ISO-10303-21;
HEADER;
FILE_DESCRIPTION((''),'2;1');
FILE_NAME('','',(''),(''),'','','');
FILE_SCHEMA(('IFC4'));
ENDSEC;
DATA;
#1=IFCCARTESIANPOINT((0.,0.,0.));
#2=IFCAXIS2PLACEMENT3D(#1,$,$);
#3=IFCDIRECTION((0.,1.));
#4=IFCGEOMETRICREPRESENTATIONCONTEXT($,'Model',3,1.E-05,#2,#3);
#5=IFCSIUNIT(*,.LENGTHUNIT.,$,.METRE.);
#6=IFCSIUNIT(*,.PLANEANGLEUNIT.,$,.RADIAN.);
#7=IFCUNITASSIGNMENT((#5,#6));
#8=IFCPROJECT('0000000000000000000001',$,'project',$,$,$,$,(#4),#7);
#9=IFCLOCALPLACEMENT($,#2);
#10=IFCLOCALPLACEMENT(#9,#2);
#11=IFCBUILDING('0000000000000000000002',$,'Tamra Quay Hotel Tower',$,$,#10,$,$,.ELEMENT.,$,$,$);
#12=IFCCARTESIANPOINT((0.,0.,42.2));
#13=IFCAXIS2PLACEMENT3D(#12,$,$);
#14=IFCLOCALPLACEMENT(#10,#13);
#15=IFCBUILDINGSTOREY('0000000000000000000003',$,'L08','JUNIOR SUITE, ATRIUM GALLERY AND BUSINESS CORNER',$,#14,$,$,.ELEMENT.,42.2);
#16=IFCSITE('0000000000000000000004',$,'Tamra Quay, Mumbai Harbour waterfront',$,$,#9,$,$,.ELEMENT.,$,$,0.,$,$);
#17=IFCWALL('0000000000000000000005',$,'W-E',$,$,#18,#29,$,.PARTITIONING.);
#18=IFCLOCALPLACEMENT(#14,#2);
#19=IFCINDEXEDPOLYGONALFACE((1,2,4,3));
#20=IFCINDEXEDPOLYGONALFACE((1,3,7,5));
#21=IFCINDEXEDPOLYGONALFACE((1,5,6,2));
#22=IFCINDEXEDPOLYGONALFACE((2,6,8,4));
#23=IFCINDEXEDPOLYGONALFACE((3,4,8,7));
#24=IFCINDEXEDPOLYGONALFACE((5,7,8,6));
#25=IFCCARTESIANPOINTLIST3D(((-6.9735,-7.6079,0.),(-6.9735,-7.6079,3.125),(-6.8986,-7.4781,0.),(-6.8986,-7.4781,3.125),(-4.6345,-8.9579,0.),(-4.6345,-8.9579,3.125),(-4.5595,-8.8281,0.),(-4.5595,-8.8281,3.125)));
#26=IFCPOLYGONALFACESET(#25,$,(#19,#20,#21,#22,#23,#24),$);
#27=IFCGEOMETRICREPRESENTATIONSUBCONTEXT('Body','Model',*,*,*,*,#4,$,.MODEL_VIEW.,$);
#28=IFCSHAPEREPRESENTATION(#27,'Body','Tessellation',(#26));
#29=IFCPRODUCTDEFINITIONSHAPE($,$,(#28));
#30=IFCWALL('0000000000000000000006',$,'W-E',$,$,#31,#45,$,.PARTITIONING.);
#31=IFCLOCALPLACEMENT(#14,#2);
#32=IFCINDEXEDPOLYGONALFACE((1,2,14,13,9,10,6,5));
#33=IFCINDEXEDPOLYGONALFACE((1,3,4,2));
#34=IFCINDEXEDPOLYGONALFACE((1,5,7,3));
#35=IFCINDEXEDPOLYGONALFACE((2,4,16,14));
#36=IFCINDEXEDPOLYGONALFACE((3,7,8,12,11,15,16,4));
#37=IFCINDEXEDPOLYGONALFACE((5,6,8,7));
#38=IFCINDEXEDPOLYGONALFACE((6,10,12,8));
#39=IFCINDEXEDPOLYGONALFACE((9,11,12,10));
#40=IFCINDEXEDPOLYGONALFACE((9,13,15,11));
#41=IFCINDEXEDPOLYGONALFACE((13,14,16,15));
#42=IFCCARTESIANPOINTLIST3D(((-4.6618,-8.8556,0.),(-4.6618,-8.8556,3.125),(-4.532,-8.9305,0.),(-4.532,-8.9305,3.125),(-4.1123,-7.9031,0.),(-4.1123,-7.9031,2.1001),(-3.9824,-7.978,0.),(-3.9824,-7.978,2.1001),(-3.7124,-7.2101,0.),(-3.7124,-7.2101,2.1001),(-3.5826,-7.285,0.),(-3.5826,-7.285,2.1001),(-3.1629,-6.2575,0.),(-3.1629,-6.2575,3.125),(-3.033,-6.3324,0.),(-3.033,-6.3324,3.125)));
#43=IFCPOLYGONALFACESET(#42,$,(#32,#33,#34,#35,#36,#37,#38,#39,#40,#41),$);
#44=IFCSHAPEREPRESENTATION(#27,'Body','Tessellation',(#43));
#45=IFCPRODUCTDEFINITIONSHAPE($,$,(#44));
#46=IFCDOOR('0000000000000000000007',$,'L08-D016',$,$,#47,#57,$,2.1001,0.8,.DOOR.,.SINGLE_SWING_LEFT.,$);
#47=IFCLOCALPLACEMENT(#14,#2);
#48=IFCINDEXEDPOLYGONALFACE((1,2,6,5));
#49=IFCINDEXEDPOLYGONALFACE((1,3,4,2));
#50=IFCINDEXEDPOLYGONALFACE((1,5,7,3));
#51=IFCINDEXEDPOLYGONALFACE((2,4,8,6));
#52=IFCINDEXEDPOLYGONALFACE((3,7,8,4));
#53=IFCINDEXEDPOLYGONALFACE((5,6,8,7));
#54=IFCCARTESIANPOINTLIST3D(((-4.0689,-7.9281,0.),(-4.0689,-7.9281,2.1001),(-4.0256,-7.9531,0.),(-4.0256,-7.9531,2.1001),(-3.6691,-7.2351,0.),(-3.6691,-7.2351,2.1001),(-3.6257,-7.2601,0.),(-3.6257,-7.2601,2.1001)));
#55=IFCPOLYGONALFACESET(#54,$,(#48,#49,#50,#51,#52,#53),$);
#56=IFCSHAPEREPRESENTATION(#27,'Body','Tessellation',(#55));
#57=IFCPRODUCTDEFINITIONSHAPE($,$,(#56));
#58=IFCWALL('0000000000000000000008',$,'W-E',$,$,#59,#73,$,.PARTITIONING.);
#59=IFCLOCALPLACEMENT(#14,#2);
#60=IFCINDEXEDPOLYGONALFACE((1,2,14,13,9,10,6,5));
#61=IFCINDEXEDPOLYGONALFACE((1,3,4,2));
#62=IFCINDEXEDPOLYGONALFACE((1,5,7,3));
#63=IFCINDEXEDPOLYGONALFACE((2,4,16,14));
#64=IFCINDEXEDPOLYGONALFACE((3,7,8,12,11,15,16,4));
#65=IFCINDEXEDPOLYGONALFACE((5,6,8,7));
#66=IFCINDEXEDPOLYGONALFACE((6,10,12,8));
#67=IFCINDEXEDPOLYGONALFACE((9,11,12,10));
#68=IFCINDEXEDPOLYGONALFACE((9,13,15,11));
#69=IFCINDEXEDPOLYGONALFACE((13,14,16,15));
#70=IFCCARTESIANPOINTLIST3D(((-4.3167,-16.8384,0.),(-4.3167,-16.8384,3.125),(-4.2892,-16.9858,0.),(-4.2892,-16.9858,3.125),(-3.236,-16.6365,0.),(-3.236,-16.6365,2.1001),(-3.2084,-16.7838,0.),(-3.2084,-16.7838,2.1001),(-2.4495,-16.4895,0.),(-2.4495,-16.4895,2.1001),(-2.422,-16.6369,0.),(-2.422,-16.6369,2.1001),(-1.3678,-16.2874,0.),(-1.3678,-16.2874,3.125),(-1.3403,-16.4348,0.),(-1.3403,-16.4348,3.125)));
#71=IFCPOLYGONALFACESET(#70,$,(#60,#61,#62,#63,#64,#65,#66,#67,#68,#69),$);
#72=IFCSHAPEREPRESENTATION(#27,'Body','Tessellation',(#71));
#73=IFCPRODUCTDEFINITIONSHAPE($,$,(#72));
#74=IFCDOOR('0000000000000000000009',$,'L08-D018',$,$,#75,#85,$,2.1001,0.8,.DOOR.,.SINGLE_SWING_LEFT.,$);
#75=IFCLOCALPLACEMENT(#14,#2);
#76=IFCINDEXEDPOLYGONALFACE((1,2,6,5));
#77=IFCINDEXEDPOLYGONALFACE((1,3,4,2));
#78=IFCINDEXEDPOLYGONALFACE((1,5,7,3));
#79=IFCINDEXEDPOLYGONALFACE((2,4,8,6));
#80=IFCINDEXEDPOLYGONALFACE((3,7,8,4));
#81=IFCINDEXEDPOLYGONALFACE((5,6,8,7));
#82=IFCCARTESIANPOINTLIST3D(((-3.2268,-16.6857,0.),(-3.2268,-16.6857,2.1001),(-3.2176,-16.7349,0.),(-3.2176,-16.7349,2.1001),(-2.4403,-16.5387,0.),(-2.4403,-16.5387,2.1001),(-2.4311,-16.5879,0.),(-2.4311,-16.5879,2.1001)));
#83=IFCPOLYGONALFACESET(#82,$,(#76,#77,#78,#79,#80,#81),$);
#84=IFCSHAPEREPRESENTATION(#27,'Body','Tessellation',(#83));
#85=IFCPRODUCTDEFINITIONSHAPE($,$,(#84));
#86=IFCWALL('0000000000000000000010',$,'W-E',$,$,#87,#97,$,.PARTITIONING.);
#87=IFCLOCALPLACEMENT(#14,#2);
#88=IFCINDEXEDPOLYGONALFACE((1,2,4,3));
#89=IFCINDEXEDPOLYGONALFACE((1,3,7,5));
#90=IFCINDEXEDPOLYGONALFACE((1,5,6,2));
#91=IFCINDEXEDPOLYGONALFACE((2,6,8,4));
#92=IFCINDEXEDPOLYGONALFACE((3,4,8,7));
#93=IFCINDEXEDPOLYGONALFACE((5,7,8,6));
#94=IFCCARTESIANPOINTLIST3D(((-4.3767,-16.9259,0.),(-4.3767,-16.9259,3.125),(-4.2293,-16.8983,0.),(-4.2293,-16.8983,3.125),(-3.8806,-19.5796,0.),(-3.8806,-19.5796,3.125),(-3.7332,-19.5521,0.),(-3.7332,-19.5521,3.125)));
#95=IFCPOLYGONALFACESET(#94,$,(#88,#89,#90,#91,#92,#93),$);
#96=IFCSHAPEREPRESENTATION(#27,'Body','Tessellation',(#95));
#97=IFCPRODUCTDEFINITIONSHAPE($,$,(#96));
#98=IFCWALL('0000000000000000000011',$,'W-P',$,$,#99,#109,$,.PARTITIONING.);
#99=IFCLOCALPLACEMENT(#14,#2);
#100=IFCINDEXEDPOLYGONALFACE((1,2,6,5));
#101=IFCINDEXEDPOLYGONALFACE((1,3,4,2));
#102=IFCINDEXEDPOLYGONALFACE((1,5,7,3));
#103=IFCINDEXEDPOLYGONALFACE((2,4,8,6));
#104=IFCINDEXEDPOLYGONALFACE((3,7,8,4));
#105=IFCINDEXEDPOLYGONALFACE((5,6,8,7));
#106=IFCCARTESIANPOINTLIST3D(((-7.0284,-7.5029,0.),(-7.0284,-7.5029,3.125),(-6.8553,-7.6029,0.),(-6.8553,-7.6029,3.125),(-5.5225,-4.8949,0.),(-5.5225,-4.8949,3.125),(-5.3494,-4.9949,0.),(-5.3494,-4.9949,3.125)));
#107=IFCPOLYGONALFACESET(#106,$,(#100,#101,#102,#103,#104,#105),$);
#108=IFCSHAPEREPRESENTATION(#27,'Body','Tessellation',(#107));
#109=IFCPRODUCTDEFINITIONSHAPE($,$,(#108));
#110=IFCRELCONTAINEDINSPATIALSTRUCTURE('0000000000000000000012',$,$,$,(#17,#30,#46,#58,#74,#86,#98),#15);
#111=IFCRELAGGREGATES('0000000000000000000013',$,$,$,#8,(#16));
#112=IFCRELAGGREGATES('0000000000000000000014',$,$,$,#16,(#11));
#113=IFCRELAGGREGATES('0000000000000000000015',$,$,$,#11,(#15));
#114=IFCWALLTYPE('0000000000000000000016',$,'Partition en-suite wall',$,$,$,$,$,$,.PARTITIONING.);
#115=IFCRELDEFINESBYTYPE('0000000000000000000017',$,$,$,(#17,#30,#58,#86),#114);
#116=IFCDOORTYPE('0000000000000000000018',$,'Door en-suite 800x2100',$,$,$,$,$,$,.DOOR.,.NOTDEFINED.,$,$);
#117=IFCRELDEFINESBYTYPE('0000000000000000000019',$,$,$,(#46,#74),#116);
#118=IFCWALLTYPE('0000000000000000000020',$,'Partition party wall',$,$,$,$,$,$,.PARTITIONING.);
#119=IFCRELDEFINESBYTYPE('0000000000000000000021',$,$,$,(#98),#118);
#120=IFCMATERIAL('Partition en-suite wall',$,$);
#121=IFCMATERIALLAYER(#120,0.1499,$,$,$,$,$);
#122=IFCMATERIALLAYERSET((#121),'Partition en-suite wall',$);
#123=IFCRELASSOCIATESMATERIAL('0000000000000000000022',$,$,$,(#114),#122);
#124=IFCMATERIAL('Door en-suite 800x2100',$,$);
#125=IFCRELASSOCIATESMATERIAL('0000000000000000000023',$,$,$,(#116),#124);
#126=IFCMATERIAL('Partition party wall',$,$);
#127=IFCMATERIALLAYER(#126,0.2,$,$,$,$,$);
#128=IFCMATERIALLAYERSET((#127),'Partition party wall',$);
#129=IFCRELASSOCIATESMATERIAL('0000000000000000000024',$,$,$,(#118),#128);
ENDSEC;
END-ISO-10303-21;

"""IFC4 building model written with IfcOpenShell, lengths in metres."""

from ifc_helpers import new_model, si_unit, direction, frame, frame_2d, origin, place, context, subcontext, project, spatial, rectangle, extrude, material, layer, layer_set, type_object, element, fill, save


model = new_model("IFC4")

# Units and contexts
model_context = context("Model", 3, precision=1e-05, world=origin(), true_north=direction((0.0, 1.0)))
body_context = subcontext(model_context, "Body", "Model", "MODEL_VIEW")
ifc_project = project(units=[si_unit("LENGTHUNIT", "METRE"), si_unit("PLANEANGLEUNIT", "RADIAN")], contexts=[model_context])

# Site, building, storey
site_placement = place(None, origin())
site = spatial("IfcSite", under=ifc_project, at=site_placement, Name="Tamra Quay, Mumbai Harbour waterfront", CompositionType="ELEMENT", RefElevation=0.0)
building_placement = place(site_placement, origin())
building = spatial("IfcBuilding", under=site, at=building_placement, Name="Tamra Quay Hotel Tower", CompositionType="ELEMENT")
storey_placement = place(building_placement, frame((0.0, 0.0, 42.2)))
storey = spatial("IfcBuildingStorey", under=building, at=storey_placement, Name="L08", Description="JUNIOR SUITE, ATRIUM GALLERY AND BUSINESS CORNER", CompositionType="ELEMENT", Elevation=42.2)

# Wall
ifc_material_1 = material(Name="Partition en-suite wall")
ifc_layer_1 = layer(ifc_material_1, 0.1499)
ifc_layer_set_1 = layer_set([ifc_layer_1], Name="Partition en-suite wall")
wall_type_1 = type_object("IfcWallType", Name="Partition en-suite wall", PredefinedType="PARTITIONING", material=ifc_layer_set_1)
wall_1_placement = place(storey_placement, frame((-6.936, -7.543, 0.0), z_axis=(0.0, 0.0, 1.0), x_axis=(0.866088, -0.499892, 0.0)))
element("IfcWall", 1, at=wall_1_placement, inside=storey, type_object=wall_type_1, Name="W-E", PredefinedType="PARTITIONING", context=body_context, shape_type="SweptSolid", body=[
    extrude(rectangle(XDim=2.7007, YDim=0.1499, at=frame_2d((1.3503, 0.0))), origin(), (0.0, 0.0, 1.0), 3.125),
])

# Walls, openings, doors
wall_2_placement = place(storey_placement, frame((-4.5969, -8.8931, 0.0), z_axis=(0.0, 0.0, 1.0), x_axis=(0.499746, 0.866172, 0.0)))
wall_2 = element("IfcWall", 2, at=wall_2_placement, inside=storey, type_object=wall_type_1, Name="W-E", PredefinedType="PARTITIONING", context=body_context, shape_type="SweptSolid", body=[
    extrude(rectangle(XDim=2.9995, YDim=0.1499, at=frame_2d((1.4998, 0.0))), origin(), (0.0, 0.0, 1.0), 3.125),
])
opening_1_placement = place(wall_2_placement, frame((1.0999, 0.0, 0.0)))
opening_1 = element("IfcOpeningElement", 3, at=opening_1_placement, cuts=wall_2, PredefinedType="OPENING", context=body_context, shape_type="SweptSolid", body=[
    extrude(rectangle(XDim=0.8, YDim=2.1001, at=frame_2d((0.3999, 1.05))), frame((0.0, 0.085, 0.0), z_axis=(0.0, -1.0, 0.0), x_axis=(1.0, 0.0, 0.0)), (0.0, 0.0, 1.0), 0.1699),
])
ifc_material_2 = material(Name="Door en-suite 800x2100")
door_type_1 = type_object("IfcDoorType", Name="Door en-suite 800x2100", OperationType="NOTDEFINED", PredefinedType="DOOR", material=ifc_material_2)
door_1_placement = place(opening_1_placement, origin())
door_1 = element("IfcDoor", 4, at=door_1_placement, inside=storey, type_object=door_type_1, Name="L08-D016", OperationType="SINGLE_SWING_LEFT", OverallHeight=2.1001, OverallWidth=0.8, PredefinedType="DOOR", context=body_context, shape_type="SweptSolid", body=[
    extrude(rectangle(XDim=0.8, YDim=2.1001, at=frame_2d((0.3999, 1.05))), frame((0.0, 0.0249, 0.0), z_axis=(0.0, -1.0, 0.0), x_axis=(1.0, 0.0, 0.0)), (0.0, 0.0, 1.0), 0.05),
])
fill(opening_1, door_1)
wall_3_placement = place(storey_placement, frame((-4.303, -16.9121, 0.0), z_axis=(0.0, 0.0, 1.0), x_axis=(0.982987, 0.183674, 0.0)))
wall_3 = element("IfcWall", 5, at=wall_3_placement, inside=storey, type_object=wall_type_1, Name="W-E", PredefinedType="PARTITIONING", context=body_context, shape_type="SweptSolid", body=[
    extrude(rectangle(XDim=3.0, YDim=0.1499, at=frame_2d((1.5, 0.0))), origin(), (0.0, 0.0, 1.0), 3.125),
])
opening_2_placement = place(wall_3_placement, frame((1.0996, 0.0, 0.0)))
opening_2 = element("IfcOpeningElement", 6, at=opening_2_placement, cuts=wall_3, PredefinedType="OPENING", context=body_context, shape_type="SweptSolid", body=[
    extrude(rectangle(XDim=0.8, YDim=2.1001, at=frame_2d((0.3999, 1.05))), frame((0.0, 0.085, 0.0), z_axis=(0.0, -1.0, 0.0), x_axis=(1.0, 0.0, 0.0)), (0.0, 0.0, 1.0), 0.1699),
])
door_2_placement = place(opening_2_placement, origin())
door_2 = element("IfcDoor", 7, at=door_2_placement, inside=storey, type_object=door_type_1, Name="L08-D018", OperationType="SINGLE_SWING_LEFT", OverallHeight=2.1001, OverallWidth=0.8, PredefinedType="DOOR", context=body_context, shape_type="SweptSolid", body=[
    extrude(rectangle(XDim=0.8, YDim=2.1001, at=frame_2d((0.3999, 1.05))), frame((0.0, 0.0249, 0.0), z_axis=(0.0, -1.0, 0.0), x_axis=(1.0, 0.0, 0.0)), (0.0, 0.0, 1.0), 0.05),
])
fill(opening_2, door_2)

# Walls
wall_4_placement = place(storey_placement, frame((-4.303, -16.9121, 0.0), z_axis=(0.0, 0.0, 1.0), x_axis=(0.183753, -0.982972, 0.0)))
element("IfcWall", 8, at=wall_4_placement, inside=storey, type_object=wall_type_1, Name="W-E", PredefinedType="PARTITIONING", context=body_context, shape_type="SweptSolid", body=[
    extrude(rectangle(XDim=2.6997, YDim=0.1499, at=frame_2d((1.3499, 0.0))), origin(), (0.0, 0.0, 1.0), 3.125),
])
ifc_material_3 = material(Name="Partition party wall")
ifc_layer_2 = layer(ifc_material_3, 0.2)
ifc_layer_set_2 = layer_set([ifc_layer_2], Name="Partition party wall")
wall_type_2 = type_object("IfcWallType", Name="Partition party wall", PredefinedType="PARTITIONING", material=ifc_layer_set_2)
wall_5_placement = place(storey_placement, frame((-6.9419, -7.553, 0.0), z_axis=(0.0, 0.0, 1.0), x_axis=(0.500045, 0.865999, 0.0)))
element("IfcWall", 9, at=wall_5_placement, inside=storey, type_object=wall_type_2, Name="W-P", PredefinedType="PARTITIONING", context=body_context, shape_type="SweptSolid", body=[
    extrude(rectangle(XDim=3.0115, YDim=0.2, at=frame_2d((1.5059, 0.0))), origin(), (0.0, 0.0, 1.0), 3.125),
])

save(model, "model.ifc")
